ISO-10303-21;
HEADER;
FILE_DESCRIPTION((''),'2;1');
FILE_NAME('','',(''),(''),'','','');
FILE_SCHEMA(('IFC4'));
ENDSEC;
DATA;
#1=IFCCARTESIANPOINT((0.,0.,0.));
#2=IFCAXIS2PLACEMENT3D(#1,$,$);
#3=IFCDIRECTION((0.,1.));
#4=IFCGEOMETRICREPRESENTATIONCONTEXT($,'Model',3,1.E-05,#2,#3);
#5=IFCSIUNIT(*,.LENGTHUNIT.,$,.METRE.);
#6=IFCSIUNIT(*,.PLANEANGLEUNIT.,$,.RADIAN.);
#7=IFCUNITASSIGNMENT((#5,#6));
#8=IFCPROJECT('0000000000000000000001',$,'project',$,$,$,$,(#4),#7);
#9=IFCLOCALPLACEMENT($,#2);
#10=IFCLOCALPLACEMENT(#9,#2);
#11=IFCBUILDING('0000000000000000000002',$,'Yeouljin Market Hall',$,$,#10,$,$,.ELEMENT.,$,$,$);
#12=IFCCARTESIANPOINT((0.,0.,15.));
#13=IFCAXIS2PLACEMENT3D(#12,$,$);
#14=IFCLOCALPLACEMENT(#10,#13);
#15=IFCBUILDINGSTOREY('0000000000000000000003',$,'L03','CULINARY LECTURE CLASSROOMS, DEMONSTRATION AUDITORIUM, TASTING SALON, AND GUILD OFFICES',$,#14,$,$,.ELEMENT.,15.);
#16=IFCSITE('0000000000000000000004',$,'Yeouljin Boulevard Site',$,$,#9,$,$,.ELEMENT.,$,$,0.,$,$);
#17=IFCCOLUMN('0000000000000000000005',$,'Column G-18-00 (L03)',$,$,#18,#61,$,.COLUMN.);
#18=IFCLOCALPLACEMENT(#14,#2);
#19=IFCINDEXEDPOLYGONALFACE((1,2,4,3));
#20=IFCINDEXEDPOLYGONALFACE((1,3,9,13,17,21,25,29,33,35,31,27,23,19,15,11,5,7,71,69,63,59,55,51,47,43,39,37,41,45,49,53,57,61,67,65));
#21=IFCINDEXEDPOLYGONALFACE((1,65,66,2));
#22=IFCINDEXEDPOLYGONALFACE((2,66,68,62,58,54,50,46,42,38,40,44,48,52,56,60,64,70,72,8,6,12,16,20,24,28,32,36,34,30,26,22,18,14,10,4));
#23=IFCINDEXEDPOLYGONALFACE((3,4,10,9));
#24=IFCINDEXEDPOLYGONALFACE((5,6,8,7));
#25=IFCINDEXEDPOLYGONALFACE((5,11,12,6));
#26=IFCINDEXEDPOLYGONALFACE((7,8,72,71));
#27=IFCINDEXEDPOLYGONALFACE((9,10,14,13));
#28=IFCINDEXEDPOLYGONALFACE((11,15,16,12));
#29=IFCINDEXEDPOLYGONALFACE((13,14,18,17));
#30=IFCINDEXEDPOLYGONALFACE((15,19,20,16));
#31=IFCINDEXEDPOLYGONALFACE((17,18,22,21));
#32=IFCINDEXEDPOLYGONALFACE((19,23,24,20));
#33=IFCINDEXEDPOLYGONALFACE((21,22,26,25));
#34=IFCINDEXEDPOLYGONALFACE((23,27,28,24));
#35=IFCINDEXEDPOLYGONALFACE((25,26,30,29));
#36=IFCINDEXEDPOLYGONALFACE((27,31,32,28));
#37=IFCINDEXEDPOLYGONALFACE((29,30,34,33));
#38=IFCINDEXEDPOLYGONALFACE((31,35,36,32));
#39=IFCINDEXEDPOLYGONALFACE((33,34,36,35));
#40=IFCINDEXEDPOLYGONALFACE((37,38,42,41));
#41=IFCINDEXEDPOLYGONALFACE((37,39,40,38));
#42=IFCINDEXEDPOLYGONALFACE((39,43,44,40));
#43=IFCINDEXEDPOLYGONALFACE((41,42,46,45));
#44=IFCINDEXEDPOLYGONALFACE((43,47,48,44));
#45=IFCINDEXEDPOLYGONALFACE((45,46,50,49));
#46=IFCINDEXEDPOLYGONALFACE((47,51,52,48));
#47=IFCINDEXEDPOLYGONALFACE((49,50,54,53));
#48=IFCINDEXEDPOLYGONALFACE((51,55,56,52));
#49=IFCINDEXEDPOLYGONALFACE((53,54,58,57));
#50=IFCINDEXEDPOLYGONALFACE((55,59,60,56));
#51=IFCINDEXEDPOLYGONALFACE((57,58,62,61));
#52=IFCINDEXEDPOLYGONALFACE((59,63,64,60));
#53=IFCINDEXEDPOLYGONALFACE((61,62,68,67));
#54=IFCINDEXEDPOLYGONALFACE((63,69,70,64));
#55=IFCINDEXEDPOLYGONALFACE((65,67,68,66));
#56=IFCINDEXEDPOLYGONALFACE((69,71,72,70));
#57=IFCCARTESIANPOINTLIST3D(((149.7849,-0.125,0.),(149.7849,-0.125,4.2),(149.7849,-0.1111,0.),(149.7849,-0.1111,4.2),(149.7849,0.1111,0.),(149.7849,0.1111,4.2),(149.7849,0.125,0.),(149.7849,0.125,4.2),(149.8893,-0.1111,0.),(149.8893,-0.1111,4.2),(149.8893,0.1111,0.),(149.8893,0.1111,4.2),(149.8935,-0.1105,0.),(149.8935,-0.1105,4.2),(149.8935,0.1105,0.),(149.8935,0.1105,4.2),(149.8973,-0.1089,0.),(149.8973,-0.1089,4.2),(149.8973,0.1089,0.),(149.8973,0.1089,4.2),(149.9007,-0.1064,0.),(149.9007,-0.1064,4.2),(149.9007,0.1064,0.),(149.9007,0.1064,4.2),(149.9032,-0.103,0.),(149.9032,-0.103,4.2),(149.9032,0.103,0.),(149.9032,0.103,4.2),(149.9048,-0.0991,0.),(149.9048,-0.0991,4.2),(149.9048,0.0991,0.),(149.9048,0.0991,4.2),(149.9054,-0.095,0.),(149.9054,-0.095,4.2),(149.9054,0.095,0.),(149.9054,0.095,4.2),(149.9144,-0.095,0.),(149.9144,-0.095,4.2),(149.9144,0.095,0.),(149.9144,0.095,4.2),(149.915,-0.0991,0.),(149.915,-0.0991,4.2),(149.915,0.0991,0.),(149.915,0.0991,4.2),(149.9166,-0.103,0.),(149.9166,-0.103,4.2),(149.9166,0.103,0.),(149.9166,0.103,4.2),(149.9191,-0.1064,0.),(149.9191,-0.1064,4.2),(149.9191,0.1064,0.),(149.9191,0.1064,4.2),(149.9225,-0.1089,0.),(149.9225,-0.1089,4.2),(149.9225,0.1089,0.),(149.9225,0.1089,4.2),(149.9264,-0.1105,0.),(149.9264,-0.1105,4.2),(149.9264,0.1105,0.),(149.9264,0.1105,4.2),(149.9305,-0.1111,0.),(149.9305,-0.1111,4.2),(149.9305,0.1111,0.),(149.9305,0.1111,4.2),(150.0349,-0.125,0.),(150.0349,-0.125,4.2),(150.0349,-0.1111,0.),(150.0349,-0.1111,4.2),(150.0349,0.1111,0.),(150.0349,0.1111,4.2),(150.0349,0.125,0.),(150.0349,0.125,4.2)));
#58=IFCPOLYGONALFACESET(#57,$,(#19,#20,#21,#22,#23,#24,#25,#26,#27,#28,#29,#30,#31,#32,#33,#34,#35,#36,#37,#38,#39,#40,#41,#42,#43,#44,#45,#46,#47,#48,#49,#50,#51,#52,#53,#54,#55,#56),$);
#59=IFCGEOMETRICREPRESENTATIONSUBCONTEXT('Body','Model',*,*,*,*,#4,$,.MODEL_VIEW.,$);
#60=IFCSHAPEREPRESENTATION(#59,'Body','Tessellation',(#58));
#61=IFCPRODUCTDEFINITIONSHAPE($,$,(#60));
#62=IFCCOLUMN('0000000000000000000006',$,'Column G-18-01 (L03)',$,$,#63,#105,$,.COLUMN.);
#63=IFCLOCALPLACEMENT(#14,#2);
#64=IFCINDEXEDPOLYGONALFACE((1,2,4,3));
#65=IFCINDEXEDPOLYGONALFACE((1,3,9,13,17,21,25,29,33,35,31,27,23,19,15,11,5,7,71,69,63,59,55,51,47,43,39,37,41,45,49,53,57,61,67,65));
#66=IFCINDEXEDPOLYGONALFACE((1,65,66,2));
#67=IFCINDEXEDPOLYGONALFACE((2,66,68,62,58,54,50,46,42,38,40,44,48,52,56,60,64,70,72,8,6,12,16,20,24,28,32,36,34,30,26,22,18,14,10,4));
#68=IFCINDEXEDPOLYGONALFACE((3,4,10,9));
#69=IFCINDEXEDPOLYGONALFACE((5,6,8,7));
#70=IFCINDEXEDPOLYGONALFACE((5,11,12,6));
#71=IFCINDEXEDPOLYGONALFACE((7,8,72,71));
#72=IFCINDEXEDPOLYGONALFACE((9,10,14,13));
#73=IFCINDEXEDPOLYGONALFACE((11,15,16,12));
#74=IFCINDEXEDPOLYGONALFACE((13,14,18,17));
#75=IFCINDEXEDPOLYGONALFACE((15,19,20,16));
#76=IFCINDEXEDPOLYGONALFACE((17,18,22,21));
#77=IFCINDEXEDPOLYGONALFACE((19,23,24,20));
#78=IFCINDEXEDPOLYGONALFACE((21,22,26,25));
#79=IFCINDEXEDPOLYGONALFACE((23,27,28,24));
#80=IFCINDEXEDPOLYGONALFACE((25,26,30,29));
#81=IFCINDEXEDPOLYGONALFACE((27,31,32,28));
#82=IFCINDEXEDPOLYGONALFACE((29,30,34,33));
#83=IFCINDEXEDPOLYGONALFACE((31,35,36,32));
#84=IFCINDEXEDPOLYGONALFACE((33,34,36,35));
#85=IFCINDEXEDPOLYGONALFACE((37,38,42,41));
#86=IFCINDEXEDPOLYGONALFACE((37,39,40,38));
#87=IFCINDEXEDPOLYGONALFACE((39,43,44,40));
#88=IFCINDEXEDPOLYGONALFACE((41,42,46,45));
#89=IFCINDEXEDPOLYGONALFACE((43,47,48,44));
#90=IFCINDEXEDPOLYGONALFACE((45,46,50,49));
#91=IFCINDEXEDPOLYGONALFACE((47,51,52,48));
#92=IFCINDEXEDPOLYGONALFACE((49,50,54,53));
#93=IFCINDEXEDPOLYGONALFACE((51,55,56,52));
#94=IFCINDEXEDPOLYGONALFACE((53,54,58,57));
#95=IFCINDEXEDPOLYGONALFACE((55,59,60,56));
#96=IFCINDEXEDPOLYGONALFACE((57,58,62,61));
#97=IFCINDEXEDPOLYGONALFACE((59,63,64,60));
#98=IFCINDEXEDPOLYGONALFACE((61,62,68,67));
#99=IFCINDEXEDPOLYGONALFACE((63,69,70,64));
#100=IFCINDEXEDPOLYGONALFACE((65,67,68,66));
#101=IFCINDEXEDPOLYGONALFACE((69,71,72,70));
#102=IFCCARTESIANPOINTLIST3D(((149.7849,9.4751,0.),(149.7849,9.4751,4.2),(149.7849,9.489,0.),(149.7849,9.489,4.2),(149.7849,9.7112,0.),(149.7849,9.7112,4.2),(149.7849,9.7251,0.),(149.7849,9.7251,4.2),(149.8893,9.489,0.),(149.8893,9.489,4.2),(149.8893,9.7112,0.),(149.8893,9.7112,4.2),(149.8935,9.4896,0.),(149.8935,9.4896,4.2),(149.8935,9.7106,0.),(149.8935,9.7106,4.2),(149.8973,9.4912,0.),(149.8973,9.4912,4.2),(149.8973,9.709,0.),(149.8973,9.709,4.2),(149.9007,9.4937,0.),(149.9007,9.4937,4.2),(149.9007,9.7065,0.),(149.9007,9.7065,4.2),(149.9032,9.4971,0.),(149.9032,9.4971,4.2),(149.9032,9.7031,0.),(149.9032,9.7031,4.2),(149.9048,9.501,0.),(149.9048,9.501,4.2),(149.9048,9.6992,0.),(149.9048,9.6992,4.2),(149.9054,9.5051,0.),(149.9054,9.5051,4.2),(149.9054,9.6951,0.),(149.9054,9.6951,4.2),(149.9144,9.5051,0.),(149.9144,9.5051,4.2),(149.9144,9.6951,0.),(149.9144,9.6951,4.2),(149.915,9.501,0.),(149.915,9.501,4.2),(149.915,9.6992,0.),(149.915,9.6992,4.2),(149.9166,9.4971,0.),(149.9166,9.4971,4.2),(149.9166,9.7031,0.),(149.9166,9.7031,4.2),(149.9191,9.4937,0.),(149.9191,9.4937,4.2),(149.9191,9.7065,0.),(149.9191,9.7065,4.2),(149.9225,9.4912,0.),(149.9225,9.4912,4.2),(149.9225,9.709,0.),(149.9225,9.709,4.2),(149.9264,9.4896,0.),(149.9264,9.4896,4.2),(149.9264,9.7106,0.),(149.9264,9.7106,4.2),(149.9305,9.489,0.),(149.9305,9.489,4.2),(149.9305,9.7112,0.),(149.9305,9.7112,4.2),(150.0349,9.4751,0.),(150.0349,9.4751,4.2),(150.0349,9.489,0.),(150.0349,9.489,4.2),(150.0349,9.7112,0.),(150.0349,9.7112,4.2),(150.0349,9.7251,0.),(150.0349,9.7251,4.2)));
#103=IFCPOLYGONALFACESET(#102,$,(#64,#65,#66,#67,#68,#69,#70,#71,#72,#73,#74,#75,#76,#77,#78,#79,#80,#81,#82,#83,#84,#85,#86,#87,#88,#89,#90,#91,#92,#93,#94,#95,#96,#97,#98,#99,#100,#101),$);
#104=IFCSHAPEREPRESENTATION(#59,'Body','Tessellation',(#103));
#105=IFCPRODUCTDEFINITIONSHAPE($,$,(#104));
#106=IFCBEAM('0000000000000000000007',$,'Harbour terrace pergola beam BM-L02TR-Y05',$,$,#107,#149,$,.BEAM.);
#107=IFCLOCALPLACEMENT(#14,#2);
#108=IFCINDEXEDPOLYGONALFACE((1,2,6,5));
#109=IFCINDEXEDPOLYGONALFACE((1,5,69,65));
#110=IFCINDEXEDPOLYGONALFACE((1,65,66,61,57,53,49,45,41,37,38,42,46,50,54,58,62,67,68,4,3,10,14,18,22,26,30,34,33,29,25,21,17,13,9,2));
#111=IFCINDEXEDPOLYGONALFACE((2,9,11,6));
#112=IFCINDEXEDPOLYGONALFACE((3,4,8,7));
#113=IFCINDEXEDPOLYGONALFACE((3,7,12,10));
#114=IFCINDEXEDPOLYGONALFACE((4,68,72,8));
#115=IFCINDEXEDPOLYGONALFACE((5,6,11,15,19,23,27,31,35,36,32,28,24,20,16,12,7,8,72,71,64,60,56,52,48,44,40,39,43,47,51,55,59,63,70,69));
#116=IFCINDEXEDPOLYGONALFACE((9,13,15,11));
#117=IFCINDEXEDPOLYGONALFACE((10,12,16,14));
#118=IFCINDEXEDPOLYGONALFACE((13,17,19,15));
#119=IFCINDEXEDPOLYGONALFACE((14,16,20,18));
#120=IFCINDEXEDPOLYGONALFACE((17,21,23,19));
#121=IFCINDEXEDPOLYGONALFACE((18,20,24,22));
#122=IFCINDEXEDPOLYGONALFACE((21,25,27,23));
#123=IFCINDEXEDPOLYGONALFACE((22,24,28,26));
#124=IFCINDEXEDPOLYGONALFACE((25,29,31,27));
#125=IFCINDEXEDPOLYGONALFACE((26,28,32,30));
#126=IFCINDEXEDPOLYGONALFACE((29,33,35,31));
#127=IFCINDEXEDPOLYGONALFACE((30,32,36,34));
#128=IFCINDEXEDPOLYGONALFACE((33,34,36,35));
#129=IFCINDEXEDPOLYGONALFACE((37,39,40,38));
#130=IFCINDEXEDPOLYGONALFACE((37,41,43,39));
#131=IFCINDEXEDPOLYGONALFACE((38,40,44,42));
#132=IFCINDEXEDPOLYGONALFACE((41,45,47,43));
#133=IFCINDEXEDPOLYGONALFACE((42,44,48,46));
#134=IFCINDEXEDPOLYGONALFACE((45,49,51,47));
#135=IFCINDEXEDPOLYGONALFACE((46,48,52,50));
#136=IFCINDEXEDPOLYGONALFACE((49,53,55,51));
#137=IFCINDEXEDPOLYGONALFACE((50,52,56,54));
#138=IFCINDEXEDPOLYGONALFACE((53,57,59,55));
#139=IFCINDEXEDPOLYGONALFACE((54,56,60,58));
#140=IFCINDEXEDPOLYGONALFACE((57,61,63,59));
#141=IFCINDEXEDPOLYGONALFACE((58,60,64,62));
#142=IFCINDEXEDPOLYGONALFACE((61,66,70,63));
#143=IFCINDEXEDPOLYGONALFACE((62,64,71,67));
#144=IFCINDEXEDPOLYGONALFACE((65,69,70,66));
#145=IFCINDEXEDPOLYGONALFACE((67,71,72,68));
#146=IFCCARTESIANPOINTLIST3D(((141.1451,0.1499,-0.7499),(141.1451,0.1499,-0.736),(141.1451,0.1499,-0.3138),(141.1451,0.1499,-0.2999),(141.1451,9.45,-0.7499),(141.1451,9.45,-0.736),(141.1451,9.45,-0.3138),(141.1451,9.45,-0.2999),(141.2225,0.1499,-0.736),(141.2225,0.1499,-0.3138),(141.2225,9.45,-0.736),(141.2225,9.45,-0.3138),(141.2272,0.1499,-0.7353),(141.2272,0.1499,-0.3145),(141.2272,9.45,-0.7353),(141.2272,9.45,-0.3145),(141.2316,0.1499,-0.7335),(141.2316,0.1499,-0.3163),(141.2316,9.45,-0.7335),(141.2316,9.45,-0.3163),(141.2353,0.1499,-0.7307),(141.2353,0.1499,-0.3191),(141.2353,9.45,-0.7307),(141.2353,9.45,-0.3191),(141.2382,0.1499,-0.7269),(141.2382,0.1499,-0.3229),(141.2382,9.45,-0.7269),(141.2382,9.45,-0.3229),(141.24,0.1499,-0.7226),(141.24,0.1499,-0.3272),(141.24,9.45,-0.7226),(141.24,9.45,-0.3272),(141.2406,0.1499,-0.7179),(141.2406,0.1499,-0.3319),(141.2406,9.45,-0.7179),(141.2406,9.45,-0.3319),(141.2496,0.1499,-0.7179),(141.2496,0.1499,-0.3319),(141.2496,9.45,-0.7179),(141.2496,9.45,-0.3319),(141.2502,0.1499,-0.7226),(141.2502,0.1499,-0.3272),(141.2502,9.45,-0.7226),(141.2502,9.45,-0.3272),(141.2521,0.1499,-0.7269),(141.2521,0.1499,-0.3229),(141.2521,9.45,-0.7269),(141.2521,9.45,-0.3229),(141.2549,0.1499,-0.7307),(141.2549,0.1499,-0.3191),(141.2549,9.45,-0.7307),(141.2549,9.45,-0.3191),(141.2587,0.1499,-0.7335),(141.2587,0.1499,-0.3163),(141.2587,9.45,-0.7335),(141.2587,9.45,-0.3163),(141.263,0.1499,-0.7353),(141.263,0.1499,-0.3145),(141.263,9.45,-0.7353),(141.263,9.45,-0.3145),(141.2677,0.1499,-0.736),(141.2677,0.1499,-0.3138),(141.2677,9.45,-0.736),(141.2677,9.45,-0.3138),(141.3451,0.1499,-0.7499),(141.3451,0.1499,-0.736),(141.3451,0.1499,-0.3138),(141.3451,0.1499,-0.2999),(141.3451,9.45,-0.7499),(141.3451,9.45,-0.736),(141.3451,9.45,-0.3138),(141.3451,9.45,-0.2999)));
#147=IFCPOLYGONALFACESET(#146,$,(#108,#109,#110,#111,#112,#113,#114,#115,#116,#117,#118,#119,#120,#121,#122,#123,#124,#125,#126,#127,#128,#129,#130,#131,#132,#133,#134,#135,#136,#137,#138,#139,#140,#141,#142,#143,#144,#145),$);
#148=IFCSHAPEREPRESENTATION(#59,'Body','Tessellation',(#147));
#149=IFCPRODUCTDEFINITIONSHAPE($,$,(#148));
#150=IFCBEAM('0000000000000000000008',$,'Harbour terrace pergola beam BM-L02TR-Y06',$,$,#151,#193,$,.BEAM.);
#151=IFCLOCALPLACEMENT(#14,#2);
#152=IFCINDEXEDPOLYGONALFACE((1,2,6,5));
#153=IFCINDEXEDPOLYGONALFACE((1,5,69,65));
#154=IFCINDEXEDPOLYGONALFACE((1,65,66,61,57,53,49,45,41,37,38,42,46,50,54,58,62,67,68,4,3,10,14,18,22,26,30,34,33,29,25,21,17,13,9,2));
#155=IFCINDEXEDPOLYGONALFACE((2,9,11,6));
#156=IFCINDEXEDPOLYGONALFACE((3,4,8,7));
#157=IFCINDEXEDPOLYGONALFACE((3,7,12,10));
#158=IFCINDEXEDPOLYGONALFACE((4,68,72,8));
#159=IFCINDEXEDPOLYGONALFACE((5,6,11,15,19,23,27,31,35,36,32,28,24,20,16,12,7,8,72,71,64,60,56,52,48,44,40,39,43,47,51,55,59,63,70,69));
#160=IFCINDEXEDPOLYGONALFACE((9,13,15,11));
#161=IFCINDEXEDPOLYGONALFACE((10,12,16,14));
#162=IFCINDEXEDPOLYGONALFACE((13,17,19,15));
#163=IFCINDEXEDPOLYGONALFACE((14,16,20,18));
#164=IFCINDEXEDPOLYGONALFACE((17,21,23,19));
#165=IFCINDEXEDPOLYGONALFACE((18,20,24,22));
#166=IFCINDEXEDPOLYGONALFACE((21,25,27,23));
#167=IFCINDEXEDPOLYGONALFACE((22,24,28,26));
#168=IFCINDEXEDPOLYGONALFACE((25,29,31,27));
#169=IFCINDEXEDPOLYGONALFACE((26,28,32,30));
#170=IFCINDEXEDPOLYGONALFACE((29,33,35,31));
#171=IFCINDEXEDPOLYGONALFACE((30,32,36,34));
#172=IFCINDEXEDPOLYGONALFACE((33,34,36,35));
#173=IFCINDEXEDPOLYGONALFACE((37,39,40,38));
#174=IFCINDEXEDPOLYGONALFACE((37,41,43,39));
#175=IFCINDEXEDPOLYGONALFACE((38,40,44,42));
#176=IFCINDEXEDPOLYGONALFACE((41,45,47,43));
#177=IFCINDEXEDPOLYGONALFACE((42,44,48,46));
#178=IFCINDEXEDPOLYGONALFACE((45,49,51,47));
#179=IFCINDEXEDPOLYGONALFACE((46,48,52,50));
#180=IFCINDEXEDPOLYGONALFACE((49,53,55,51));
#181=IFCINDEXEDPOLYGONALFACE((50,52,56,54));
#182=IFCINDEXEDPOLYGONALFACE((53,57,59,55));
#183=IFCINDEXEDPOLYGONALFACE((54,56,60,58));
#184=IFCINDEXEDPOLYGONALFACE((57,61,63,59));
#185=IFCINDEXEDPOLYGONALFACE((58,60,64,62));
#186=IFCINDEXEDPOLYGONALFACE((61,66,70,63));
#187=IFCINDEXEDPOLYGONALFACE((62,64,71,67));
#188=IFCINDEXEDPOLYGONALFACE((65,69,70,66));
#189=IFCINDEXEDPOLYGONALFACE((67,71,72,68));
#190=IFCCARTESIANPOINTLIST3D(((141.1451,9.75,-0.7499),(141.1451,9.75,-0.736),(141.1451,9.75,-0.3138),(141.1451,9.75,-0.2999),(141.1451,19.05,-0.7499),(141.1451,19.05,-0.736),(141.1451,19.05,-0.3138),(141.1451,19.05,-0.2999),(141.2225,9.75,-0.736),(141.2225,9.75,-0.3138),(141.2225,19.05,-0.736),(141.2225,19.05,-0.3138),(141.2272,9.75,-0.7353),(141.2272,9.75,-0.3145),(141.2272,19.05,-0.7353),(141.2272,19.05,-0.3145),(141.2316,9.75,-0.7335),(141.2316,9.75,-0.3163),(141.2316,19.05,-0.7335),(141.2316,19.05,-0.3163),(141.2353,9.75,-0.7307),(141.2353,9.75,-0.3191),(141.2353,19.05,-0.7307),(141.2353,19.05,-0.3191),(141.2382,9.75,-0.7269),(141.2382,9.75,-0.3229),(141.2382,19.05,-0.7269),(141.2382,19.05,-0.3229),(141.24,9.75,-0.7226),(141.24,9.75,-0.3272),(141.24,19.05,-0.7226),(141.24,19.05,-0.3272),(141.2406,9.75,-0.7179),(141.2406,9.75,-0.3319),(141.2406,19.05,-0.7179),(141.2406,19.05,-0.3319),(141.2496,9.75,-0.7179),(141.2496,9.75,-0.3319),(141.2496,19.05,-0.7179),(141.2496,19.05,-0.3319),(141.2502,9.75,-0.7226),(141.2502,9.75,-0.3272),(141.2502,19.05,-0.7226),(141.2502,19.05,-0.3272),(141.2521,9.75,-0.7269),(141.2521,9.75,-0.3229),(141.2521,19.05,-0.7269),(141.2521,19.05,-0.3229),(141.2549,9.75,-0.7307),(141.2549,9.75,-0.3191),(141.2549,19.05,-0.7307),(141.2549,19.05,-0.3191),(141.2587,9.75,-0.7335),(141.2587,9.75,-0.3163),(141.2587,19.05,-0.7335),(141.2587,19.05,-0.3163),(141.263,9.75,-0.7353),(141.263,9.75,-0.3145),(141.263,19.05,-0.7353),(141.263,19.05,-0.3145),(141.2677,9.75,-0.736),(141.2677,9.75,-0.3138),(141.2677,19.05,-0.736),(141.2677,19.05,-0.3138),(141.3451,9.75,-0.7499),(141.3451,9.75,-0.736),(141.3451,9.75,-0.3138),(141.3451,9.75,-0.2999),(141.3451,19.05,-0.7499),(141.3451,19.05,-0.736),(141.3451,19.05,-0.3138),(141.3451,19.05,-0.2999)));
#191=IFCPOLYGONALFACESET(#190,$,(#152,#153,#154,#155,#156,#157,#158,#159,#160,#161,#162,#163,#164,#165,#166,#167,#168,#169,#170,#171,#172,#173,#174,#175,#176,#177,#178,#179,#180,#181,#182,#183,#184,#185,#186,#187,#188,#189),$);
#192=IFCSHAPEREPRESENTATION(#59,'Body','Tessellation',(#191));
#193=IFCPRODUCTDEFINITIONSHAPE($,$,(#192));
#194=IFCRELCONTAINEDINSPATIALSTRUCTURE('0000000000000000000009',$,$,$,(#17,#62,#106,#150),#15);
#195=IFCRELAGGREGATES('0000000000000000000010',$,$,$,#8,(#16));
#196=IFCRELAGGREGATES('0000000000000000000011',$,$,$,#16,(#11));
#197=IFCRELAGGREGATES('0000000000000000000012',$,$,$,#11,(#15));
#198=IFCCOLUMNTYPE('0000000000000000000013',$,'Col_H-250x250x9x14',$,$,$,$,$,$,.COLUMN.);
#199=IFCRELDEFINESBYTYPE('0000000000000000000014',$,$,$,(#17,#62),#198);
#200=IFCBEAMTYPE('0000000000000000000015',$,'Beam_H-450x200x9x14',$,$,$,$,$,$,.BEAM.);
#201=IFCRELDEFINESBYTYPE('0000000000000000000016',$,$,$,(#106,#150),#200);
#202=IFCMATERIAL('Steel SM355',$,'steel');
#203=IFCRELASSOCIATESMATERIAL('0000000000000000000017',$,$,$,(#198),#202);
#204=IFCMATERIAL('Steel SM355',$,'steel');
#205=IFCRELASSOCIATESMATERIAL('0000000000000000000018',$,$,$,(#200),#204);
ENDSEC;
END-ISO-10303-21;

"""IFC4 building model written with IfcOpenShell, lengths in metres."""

from ifc_helpers import new_model, si_unit, direction, frame, origin, origin_2d, place, context, subcontext, project, spatial, i_section, extrude, material, material_profile, profile_set, type_object, element, save


model = new_model("IFC4")

# Units and contexts
model_context = context("Model", 3, precision=1e-05, world=origin(), true_north=direction((0.0, 1.0)))
body_context = subcontext(model_context, "Body", "Model", "MODEL_VIEW")
ifc_project = project(units=[si_unit("LENGTHUNIT", "METRE"), si_unit("PLANEANGLEUNIT", "RADIAN")], contexts=[model_context])

# Site, building, storey
site_placement = place(None, origin())
site = spatial("IfcSite", under=ifc_project, at=site_placement, Name="Yeouljin Boulevard Site", CompositionType="ELEMENT", RefElevation=0.0)
building_placement = place(site_placement, origin())
building = spatial("IfcBuilding", under=site, at=building_placement, Name="Yeouljin Market Hall", CompositionType="ELEMENT")
storey_placement = place(building_placement, frame((0.0, 0.0, 15.0)))
storey = spatial("IfcBuildingStorey", under=building, at=storey_placement, Name="L03", Description="CULINARY LECTURE CLASSROOMS, DEMONSTRATION AUDITORIUM, TASTING SALON, AND GUILD OFFICES", CompositionType="ELEMENT", Elevation=15.0)

# Columns
ifc_material_1 = material(Name="Steel SM355", Category="steel")
ifc_material_profile_1 = material_profile(ifc_material_1, i_section(OverallWidth=0.25, OverallDepth=0.25, WebThickness=0.009, FlangeThickness=0.0139, FilletRadius=0.0161, at=origin_2d()), Name="H-250x250x9x14")
ifc_profile_set_1 = profile_set([ifc_material_profile_1], Name="Steel SM355")
column_type = type_object("IfcColumnType", Name="Col_H-250x250x9x14", PredefinedType="COLUMN", material=ifc_profile_set_1)
for number, where, z_axis, x_axis, name in (
    (1, (149.9099, 0.0, 0.0), (0.0, 0.0, 1.0), (1.0, 0.0, 0.0), "Column G-18-00 (L03)"),
    (2, (149.9099, 9.6001, 0.0), (0.0, 0.0, 1.0), (1.0, 0.0, 0.0), "Column G-18-01 (L03)"),
):
    element("IfcColumn", number, at=place(storey_placement, frame(where, z_axis=z_axis, x_axis=x_axis)), inside=storey, type_object=column_type, Name=name, PredefinedType="COLUMN", context=body_context, shape_type="SweptSolid", body=[
        extrude(i_section(OverallWidth=0.25, OverallDepth=0.25, WebThickness=0.009, FlangeThickness=0.0139, FilletRadius=0.0161, at=origin_2d()), origin(), (0.0, 0.0, 1.0), 4.2),
    ])

# Beams
ifc_material_2 = material(Name="Steel SM355", Category="steel")
ifc_material_profile_2 = material_profile(ifc_material_2, i_section(OverallWidth=0.2, OverallDepth=0.45, WebThickness=0.009, FlangeThickness=0.0139, FilletRadius=0.0181, at=origin_2d()), Name="H-450x200x9x14")
ifc_profile_set_2 = profile_set([ifc_material_profile_2], Name="Steel SM355")
beam_type_1 = type_object("IfcBeamType", Name="Beam_H-450x200x9x14", PredefinedType="BEAM", material=ifc_profile_set_2)
for number, where, z_axis, x_axis, name in (
    (3, (141.2451, 0.1499, -0.5249), (0.0, 1.0, 0.0), (-1.0, 0.0, 0.0), "Harbour terrace pergola beam BM-L02TR-Y05"),
    (4, (141.2451, 9.75, -0.5249), (0.0, 1.0, 0.0), (-1.0, 0.0, 0.0), "Harbour terrace pergola beam BM-L02TR-Y06"),
):
    element("IfcBeam", number, at=place(storey_placement, frame(where, z_axis=z_axis, x_axis=x_axis)), inside=storey, type_object=beam_type_1, Name=name, PredefinedType="BEAM", context=body_context, shape_type="SweptSolid", body=[
        extrude(i_section(OverallWidth=0.2, OverallDepth=0.45, WebThickness=0.009, FlangeThickness=0.0139, FilletRadius=0.0181, at=origin_2d()), origin(), (0.0, 0.0, 1.0), 9.3),
    ])

save(model, "model.ifc")
